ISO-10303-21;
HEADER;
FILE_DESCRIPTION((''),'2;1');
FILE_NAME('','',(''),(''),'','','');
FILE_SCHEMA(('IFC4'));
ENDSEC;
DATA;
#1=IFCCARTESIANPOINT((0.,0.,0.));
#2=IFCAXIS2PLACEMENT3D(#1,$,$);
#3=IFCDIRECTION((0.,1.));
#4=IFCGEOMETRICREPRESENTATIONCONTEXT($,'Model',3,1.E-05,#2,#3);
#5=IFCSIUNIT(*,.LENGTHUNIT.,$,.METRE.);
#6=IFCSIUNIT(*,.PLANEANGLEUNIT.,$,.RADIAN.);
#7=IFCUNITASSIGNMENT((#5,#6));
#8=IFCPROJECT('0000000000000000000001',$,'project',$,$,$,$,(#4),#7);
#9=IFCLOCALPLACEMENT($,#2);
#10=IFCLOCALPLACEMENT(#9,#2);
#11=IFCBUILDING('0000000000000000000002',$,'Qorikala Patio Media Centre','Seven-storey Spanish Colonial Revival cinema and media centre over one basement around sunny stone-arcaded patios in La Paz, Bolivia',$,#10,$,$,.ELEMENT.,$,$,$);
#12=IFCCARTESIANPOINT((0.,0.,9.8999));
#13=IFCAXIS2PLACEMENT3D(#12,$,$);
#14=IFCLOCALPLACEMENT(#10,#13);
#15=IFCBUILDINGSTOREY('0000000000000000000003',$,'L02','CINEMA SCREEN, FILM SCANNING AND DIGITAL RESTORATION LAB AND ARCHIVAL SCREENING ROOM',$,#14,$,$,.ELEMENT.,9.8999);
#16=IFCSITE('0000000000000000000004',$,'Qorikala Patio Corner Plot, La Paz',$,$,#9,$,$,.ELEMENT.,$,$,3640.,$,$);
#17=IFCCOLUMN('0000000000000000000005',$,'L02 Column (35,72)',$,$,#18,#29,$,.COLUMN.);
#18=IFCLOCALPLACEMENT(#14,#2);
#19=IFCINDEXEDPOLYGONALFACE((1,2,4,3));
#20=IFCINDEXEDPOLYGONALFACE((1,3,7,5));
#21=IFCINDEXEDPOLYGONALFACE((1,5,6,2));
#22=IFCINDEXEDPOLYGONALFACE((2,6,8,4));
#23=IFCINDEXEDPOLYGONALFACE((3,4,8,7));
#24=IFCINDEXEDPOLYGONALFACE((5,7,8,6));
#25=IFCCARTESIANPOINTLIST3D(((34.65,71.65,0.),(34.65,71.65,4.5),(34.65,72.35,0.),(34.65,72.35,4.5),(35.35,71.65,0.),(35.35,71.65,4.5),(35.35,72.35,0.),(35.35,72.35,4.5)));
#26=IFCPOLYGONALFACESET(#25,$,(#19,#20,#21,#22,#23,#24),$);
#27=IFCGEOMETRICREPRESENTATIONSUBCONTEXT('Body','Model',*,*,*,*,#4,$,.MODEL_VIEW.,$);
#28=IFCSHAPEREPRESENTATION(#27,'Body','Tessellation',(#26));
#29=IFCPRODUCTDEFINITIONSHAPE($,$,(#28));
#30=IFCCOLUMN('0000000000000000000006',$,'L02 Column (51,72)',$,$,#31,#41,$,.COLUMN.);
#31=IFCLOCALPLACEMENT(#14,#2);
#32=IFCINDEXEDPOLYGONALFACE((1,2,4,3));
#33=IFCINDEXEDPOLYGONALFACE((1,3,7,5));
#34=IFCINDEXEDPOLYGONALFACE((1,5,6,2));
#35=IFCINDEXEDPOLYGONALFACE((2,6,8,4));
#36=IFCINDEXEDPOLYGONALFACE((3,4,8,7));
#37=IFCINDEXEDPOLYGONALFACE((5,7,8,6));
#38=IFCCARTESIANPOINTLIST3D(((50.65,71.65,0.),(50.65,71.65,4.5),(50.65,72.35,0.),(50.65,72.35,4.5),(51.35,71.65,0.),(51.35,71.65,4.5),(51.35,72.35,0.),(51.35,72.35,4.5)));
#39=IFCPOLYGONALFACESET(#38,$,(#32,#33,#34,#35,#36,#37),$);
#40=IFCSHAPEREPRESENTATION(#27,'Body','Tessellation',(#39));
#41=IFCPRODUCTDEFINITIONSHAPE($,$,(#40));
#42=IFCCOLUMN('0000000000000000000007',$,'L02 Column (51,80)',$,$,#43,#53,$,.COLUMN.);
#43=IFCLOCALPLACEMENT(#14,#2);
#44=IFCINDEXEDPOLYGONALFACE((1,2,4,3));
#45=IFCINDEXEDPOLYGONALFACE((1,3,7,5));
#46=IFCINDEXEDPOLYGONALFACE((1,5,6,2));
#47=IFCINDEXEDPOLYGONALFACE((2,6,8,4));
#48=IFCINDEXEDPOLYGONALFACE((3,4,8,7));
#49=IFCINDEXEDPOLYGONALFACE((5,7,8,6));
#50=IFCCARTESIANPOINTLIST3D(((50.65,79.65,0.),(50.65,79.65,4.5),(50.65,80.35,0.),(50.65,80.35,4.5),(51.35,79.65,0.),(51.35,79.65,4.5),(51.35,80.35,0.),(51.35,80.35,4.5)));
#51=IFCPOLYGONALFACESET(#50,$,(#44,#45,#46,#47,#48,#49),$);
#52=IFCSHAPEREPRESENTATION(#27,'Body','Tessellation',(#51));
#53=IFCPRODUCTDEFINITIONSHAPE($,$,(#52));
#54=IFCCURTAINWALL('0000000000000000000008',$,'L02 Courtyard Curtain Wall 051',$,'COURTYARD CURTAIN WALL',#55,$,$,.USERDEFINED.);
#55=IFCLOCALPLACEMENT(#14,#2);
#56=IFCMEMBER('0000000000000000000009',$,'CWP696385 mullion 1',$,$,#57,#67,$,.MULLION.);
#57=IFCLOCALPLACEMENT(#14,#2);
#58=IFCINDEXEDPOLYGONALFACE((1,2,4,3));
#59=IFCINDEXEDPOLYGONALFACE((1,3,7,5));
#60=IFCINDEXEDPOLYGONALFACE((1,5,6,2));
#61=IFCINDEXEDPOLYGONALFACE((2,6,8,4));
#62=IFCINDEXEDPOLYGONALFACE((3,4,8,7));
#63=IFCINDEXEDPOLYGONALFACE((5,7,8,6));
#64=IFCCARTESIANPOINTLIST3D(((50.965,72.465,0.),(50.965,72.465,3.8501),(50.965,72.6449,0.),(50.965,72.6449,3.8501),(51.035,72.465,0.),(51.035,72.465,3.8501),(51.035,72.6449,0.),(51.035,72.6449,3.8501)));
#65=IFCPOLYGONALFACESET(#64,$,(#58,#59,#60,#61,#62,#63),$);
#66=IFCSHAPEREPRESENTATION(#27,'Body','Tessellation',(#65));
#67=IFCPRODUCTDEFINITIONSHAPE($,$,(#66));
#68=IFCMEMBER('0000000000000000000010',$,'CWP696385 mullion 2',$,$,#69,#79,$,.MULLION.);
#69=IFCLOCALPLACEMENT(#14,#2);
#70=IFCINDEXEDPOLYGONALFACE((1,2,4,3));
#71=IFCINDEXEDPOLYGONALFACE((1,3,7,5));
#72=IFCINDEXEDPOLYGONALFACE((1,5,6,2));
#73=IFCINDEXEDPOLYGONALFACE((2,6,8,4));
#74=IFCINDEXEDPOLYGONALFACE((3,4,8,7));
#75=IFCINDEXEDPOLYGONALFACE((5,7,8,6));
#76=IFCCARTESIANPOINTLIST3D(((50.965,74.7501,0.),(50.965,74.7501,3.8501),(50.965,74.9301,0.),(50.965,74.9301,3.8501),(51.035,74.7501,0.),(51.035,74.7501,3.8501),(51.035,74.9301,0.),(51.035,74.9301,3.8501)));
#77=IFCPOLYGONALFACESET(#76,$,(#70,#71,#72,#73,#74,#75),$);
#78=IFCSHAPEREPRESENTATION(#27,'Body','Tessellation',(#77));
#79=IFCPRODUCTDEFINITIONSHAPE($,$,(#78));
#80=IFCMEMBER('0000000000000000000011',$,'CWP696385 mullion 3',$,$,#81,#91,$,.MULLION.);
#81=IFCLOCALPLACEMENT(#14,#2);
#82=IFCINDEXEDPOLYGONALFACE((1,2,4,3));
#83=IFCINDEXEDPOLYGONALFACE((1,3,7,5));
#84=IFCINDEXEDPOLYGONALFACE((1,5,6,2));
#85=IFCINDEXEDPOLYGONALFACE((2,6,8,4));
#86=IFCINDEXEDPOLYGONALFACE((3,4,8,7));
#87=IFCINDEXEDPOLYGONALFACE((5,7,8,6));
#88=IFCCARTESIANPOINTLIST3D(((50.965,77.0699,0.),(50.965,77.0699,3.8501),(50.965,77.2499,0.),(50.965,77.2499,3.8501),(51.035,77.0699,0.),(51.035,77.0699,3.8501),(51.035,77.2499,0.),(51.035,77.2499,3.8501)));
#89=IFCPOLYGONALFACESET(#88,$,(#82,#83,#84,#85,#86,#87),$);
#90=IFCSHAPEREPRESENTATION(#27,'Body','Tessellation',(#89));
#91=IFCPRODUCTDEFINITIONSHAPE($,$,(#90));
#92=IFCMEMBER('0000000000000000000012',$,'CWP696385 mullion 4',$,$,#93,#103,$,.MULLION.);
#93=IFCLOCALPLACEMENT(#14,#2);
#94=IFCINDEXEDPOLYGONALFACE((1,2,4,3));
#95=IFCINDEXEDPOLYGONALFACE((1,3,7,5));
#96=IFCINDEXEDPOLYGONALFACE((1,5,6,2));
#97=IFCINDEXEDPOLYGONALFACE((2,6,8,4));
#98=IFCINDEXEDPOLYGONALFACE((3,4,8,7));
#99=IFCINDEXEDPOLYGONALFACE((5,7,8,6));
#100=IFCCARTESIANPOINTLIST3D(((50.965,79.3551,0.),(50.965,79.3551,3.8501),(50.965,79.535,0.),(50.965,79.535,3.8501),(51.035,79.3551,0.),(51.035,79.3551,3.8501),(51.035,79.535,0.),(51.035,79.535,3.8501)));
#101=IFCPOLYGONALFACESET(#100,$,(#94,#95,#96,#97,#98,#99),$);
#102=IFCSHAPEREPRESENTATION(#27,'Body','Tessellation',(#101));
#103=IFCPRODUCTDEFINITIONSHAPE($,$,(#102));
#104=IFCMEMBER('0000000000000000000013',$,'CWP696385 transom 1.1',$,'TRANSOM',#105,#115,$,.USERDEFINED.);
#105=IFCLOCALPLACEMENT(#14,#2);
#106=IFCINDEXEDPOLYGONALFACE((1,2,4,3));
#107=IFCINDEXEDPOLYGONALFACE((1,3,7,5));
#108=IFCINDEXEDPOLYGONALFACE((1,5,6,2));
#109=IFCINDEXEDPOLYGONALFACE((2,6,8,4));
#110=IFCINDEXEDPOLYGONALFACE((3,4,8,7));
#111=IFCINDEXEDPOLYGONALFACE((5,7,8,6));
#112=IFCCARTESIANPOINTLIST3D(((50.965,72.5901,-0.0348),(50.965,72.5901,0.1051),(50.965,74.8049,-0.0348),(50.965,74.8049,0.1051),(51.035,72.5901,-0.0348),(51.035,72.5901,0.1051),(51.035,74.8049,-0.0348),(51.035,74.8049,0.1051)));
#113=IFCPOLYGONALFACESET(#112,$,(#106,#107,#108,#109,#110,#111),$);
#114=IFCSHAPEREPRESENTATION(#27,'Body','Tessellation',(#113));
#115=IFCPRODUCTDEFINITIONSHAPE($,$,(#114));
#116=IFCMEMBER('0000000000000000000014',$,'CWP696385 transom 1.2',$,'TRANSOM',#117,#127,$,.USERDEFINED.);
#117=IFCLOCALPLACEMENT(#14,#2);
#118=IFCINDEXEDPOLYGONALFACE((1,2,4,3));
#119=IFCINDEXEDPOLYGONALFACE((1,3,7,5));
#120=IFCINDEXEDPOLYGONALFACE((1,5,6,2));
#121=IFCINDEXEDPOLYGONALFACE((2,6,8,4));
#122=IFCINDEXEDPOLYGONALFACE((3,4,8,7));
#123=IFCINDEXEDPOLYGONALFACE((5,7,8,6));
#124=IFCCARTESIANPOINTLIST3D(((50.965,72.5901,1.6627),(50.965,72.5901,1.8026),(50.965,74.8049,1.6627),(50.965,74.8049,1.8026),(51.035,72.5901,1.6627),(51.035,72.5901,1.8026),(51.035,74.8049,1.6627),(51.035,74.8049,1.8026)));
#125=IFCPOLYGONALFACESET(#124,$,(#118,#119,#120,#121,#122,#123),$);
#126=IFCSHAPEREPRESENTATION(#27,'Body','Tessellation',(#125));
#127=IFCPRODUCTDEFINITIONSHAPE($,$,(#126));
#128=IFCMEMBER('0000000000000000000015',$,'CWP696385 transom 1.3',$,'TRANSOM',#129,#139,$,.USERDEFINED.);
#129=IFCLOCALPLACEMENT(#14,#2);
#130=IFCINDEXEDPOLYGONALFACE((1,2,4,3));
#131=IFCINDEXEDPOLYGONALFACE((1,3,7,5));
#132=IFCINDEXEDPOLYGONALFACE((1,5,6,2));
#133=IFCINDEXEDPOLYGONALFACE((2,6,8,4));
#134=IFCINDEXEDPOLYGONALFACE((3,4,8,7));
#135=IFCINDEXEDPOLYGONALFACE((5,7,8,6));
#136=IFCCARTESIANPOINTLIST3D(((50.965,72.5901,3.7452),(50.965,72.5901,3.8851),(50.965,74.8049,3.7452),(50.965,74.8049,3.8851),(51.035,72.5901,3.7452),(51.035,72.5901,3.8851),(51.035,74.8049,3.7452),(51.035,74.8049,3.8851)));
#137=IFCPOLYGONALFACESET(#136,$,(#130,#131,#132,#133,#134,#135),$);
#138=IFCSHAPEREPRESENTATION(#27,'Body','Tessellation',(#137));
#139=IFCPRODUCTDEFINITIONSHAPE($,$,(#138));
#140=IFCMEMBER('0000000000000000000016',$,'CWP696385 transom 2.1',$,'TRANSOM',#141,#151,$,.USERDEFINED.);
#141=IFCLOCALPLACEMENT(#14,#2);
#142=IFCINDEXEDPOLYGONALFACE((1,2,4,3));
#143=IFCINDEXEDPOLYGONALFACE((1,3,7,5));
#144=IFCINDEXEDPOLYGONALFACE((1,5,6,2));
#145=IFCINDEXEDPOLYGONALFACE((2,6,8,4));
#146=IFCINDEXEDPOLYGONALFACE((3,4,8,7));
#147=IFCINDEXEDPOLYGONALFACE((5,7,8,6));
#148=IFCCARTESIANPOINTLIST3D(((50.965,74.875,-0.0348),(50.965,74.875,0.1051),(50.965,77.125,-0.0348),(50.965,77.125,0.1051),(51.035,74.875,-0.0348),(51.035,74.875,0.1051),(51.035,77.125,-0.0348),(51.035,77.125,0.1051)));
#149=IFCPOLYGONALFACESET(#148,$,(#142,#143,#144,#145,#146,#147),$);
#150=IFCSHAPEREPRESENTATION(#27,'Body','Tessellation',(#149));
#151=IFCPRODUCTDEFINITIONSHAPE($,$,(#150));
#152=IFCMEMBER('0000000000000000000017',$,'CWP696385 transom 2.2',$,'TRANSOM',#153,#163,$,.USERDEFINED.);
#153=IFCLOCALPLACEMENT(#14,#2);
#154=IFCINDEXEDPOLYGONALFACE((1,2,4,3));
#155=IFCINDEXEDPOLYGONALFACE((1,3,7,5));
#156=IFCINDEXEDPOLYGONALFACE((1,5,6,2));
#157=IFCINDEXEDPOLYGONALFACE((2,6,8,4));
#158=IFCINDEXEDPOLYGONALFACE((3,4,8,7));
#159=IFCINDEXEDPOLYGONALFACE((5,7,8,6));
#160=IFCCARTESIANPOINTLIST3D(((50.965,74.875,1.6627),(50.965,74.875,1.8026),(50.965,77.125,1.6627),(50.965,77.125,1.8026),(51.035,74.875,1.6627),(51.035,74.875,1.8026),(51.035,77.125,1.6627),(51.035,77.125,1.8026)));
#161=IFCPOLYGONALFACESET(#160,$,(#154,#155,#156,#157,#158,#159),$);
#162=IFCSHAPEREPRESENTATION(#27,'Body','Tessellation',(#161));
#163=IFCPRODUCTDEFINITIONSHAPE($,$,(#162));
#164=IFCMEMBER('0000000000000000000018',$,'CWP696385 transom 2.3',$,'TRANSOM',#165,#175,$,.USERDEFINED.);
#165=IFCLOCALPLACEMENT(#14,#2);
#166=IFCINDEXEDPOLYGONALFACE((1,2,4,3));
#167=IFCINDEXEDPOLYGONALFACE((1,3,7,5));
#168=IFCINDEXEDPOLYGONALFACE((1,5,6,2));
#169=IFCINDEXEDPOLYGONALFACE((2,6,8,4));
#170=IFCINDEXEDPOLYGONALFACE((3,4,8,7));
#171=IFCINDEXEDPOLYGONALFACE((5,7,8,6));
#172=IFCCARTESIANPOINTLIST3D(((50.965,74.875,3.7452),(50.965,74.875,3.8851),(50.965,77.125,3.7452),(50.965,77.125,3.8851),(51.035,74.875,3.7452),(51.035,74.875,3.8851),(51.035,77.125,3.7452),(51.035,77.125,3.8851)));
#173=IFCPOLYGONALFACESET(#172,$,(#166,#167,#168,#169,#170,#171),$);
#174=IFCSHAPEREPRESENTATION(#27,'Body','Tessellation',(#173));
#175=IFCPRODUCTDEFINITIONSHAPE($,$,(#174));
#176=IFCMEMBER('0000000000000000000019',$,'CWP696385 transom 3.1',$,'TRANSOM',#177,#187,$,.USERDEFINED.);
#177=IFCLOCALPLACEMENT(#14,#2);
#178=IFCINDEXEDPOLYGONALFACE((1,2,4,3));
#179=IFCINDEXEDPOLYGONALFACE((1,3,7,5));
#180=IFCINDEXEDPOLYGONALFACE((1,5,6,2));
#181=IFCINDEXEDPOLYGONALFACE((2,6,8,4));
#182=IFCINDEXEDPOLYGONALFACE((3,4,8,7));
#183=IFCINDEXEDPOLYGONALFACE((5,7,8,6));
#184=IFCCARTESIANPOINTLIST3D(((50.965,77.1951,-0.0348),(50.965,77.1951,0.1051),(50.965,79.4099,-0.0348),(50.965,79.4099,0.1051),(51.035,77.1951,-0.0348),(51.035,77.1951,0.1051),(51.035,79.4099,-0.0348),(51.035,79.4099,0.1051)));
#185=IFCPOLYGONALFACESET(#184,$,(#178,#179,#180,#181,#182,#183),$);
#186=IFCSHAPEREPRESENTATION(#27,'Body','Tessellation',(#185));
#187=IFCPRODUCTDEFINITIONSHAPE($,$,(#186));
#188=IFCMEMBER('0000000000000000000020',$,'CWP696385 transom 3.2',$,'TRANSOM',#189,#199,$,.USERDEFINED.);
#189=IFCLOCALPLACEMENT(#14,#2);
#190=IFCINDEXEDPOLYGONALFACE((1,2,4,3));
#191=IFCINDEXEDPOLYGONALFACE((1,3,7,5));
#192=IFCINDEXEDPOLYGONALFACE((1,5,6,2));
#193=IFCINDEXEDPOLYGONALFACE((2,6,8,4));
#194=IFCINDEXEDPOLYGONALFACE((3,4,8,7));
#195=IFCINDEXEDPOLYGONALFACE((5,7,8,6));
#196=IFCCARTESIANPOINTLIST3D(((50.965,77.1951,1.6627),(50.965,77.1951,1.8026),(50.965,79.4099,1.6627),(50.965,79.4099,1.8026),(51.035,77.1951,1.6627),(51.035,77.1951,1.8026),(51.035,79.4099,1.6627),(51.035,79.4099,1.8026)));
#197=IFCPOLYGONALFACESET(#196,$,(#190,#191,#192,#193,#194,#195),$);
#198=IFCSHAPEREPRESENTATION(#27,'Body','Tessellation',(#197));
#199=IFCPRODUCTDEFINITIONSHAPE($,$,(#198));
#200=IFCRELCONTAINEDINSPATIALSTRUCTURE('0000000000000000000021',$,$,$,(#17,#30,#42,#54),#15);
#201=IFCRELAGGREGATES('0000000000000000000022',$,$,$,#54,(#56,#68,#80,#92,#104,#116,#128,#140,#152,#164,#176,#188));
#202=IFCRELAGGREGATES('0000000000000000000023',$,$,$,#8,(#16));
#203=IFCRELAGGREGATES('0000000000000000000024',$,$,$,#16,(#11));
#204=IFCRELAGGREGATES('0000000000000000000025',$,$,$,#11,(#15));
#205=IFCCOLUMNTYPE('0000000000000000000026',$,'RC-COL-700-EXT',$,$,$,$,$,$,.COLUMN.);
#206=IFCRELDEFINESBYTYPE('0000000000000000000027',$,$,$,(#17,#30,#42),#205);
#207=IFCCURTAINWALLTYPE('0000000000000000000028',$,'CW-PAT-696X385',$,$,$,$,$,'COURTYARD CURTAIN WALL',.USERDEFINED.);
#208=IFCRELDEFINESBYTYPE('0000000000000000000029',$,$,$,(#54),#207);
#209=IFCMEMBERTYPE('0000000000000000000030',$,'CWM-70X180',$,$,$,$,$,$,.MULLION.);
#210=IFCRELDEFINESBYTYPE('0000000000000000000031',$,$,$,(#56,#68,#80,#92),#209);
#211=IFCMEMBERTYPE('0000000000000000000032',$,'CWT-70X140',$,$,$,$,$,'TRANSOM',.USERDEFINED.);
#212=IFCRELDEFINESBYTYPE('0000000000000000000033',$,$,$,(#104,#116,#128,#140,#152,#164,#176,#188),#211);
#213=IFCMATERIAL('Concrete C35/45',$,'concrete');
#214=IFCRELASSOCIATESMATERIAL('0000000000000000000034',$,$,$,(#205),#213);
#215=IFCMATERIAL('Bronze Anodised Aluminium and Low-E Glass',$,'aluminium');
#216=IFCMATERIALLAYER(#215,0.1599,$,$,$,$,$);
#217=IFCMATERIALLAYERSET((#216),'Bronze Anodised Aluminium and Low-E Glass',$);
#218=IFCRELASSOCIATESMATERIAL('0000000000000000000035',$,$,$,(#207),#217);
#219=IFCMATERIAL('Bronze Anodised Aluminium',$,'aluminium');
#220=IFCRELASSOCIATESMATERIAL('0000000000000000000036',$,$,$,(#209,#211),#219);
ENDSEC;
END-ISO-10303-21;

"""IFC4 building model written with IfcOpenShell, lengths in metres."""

from ifc_helpers import new_model, si_unit, direction, frame, origin, origin_2d, place, context, subcontext, project, spatial, rectangle, extrude, material, layer, layer_set, material_profile, profile_set, type_object, element, aggregate, save


model = new_model("IFC4")

# Units and contexts
model_context = context("Model", 3, precision=1e-05, world=origin(), true_north=direction((0.0, 1.0)))
body_context = subcontext(model_context, "Body", "Model", "MODEL_VIEW")
ifc_project = project(units=[si_unit("LENGTHUNIT", "METRE"), si_unit("PLANEANGLEUNIT", "RADIAN")], contexts=[model_context])

# Site, building, storey
site_placement = place(None, origin())
site = spatial("IfcSite", under=ifc_project, at=site_placement, Name="Qorikala Patio Corner Plot, La Paz", CompositionType="ELEMENT", RefElevation=3640.0)
building_placement = place(site_placement, origin())
building = spatial("IfcBuilding", under=site, at=building_placement, Name="Qorikala Patio Media Centre", Description="Seven-storey Spanish Colonial Revival cinema and media centre over one basement around sunny stone-arcaded patios in La Paz, Bolivia", CompositionType="ELEMENT")
storey_placement = place(building_placement, frame((0.0, 0.0, 9.8999)))
storey = spatial("IfcBuildingStorey", under=building, at=storey_placement, Name="L02", Description="CINEMA SCREEN, FILM SCANNING AND DIGITAL RESTORATION LAB AND ARCHIVAL SCREENING ROOM", CompositionType="ELEMENT", Elevation=9.8999)

# Columns
ifc_material_1 = material(Name="Concrete C35/45", Category="concrete")
ifc_material_profile_1 = material_profile(ifc_material_1, rectangle(XDim=0.7, YDim=0.7, at=origin_2d()), Name="RC 700x700")
ifc_profile_set_1 = profile_set([ifc_material_profile_1], Name="Concrete C35/45")
column_type = type_object("IfcColumnType", Name="RC-COL-700-EXT", PredefinedType="COLUMN", material=ifc_profile_set_1)
for number, where, z_axis, x_axis, name in (
    (1, (35.0, 72.0, 0.0), (0.0, 0.0, 1.0), (1.0, 0.0, 0.0), "L02 Column (35,72)"),
    (2, (51.0, 72.0, 0.0), (0.0, 0.0, 1.0), (1.0, 0.0, 0.0), "L02 Column (51,72)"),
    (3, (51.0, 80.0, 0.0), (0.0, 0.0, 1.0), (1.0, 0.0, 0.0), "L02 Column (51,80)"),
):
    element("IfcColumn", number, at=place(storey_placement, frame(where, z_axis=z_axis, x_axis=x_axis)), inside=storey, type_object=column_type, Name=name, PredefinedType="COLUMN", context=body_context, shape_type="SweptSolid", body=[
        extrude(rectangle(XDim=0.7, YDim=0.7, at=origin_2d()), origin(), (0.0, 0.0, 1.0), 4.5),
    ])

# Curtain wall, members
ifc_material_2 = material(Name="Bronze Anodised Aluminium and Low-E Glass", Category="aluminium")
ifc_layer_1 = layer(ifc_material_2, 0.1599)
ifc_layer_set_1 = layer_set([ifc_layer_1], Name="Bronze Anodised Aluminium and Low-E Glass")
curtain_wall_type = type_object("IfcCurtainWallType", Name="CW-PAT-696X385", ElementType="COURTYARD CURTAIN WALL", PredefinedType="USERDEFINED", material=ifc_layer_set_1)
curtain_wall_placement = place(storey_placement, origin())
curtain_wall = element("IfcCurtainWall", 4, at=curtain_wall_placement, inside=storey, type_object=curtain_wall_type, Name="L02 Courtyard Curtain Wall 051", ObjectType="COURTYARD CURTAIN WALL", PredefinedType="USERDEFINED")
ifc_material_3 = material(Name="Bronze Anodised Aluminium", Category="aluminium")
ifc_material_profile_2 = material_profile(ifc_material_3, rectangle(XDim=0.0701, YDim=0.1799, at=origin_2d()), Name="ALU MULLION 70x180")
ifc_profile_set_2 = profile_set([ifc_material_profile_2], Name="Bronze Anodised Aluminium")
member_type_1 = type_object("IfcMemberType", Name="CWM-70X180", PredefinedType="MULLION", material=ifc_profile_set_2)
member_1_placement = place(storey_placement, frame((51.0, 72.5549, 0.0), z_axis=(0.0, 0.0, 1.0), x_axis=(-1.0, 0.0, 0.0)))
member_1 = element("IfcMember", 5, at=member_1_placement, type_object=member_type_1, Name="CWP696385 mullion 1", PredefinedType="MULLION", context=body_context, shape_type="SweptSolid", body=[
    extrude(rectangle(XDim=0.0701, YDim=0.1799, at=origin_2d()), origin(), (0.0, 0.0, 1.0), 3.8501),
])
member_2_placement = place(storey_placement, frame((51.0, 74.8401, 0.0), z_axis=(0.0, 0.0, 1.0), x_axis=(-1.0, 0.0, 0.0)))
member_2 = element("IfcMember", 6, at=member_2_placement, type_object=member_type_1, Name="CWP696385 mullion 2", PredefinedType="MULLION", context=body_context, shape_type="SweptSolid", body=[
    extrude(rectangle(XDim=0.0701, YDim=0.1799, at=origin_2d()), origin(), (0.0, 0.0, 1.0), 3.8501),
])
member_3_placement = place(storey_placement, frame((51.0, 77.1599, 0.0), z_axis=(0.0, 0.0, 1.0), x_axis=(-1.0, 0.0, 0.0)))
member_3 = element("IfcMember", 7, at=member_3_placement, type_object=member_type_1, Name="CWP696385 mullion 3", PredefinedType="MULLION", context=body_context, shape_type="SweptSolid", body=[
    extrude(rectangle(XDim=0.0701, YDim=0.1799, at=origin_2d()), origin(), (0.0, 0.0, 1.0), 3.8501),
])
member_4_placement = place(storey_placement, frame((51.0, 79.4451, 0.0), z_axis=(0.0, 0.0, 1.0), x_axis=(-1.0, 0.0, 0.0)))
member_4 = element("IfcMember", 8, at=member_4_placement, type_object=member_type_1, Name="CWP696385 mullion 4", PredefinedType="MULLION", context=body_context, shape_type="SweptSolid", body=[
    extrude(rectangle(XDim=0.0701, YDim=0.1799, at=origin_2d()), origin(), (0.0, 0.0, 1.0), 3.8501),
])
ifc_material_profile_3 = material_profile(ifc_material_3, rectangle(XDim=0.0701, YDim=0.1399, at=origin_2d()), Name="ALU TRANSOM 70x140")
ifc_profile_set_3 = profile_set([ifc_material_profile_3], Name="Bronze Anodised Aluminium")
member_type_2 = type_object("IfcMemberType", Name="CWT-70X140", ElementType="TRANSOM", PredefinedType="USERDEFINED", material=ifc_profile_set_3)
member_5_placement = place(storey_placement, frame((51.0, 72.5901, 0.0352), z_axis=(0.0, 1.0, 0.0), x_axis=(-1.0, 0.0, 0.0)))
member_5 = element("IfcMember", 9, at=member_5_placement, type_object=member_type_2, Name="CWP696385 transom 1.1", ObjectType="TRANSOM", PredefinedType="USERDEFINED", context=body_context, shape_type="SweptSolid", body=[
    extrude(rectangle(XDim=0.0701, YDim=0.1399, at=origin_2d()), origin(), (0.0, 0.0, 1.0), 2.2148),
])
member_6_placement = place(storey_placement, frame((51.0, 72.5901, 1.7327), z_axis=(0.0, 1.0, 0.0), x_axis=(-1.0, 0.0, 0.0)))
member_6 = element("IfcMember", 10, at=member_6_placement, type_object=member_type_2, Name="CWP696385 transom 1.2", ObjectType="TRANSOM", PredefinedType="USERDEFINED", context=body_context, shape_type="SweptSolid", body=[
    extrude(rectangle(XDim=0.0701, YDim=0.1399, at=origin_2d()), origin(), (0.0, 0.0, 1.0), 2.2148),
])
member_7_placement = place(storey_placement, frame((51.0, 72.5901, 3.8152), z_axis=(0.0, 1.0, 0.0), x_axis=(-1.0, 0.0, 0.0)))
member_7 = element("IfcMember", 11, at=member_7_placement, type_object=member_type_2, Name="CWP696385 transom 1.3", ObjectType="TRANSOM", PredefinedType="USERDEFINED", context=body_context, shape_type="SweptSolid", body=[
    extrude(rectangle(XDim=0.0701, YDim=0.1399, at=origin_2d()), origin(), (0.0, 0.0, 1.0), 2.2148),
])
member_8_placement = place(storey_placement, frame((51.0, 74.875, 0.0352), z_axis=(0.0, 1.0, 0.0), x_axis=(-1.0, 0.0, 0.0)))
member_8 = element("IfcMember", 12, at=member_8_placement, type_object=member_type_2, Name="CWP696385 transom 2.1", ObjectType="TRANSOM", PredefinedType="USERDEFINED", context=body_context, shape_type="SweptSolid", body=[
    extrude(rectangle(XDim=0.0701, YDim=0.1399, at=origin_2d()), origin(), (0.0, 0.0, 1.0), 2.25),
])
member_9_placement = place(storey_placement, frame((51.0, 74.875, 1.7327), z_axis=(0.0, 1.0, 0.0), x_axis=(-1.0, 0.0, 0.0)))
member_9 = element("IfcMember", 13, at=member_9_placement, type_object=member_type_2, Name="CWP696385 transom 2.2", ObjectType="TRANSOM", PredefinedType="USERDEFINED", context=body_context, shape_type="SweptSolid", body=[
    extrude(rectangle(XDim=0.0701, YDim=0.1399, at=origin_2d()), origin(), (0.0, 0.0, 1.0), 2.25),
])
member_10_placement = place(storey_placement, frame((51.0, 74.875, 3.8152), z_axis=(0.0, 1.0, 0.0), x_axis=(-1.0, 0.0, 0.0)))
member_10 = element("IfcMember", 14, at=member_10_placement, type_object=member_type_2, Name="CWP696385 transom 2.3", ObjectType="TRANSOM", PredefinedType="USERDEFINED", context=body_context, shape_type="SweptSolid", body=[
    extrude(rectangle(XDim=0.0701, YDim=0.1399, at=origin_2d()), origin(), (0.0, 0.0, 1.0), 2.25),
])
member_11_placement = place(storey_placement, frame((51.0, 77.1951, 0.0352), z_axis=(0.0, 1.0, 0.0), x_axis=(-1.0, 0.0, 0.0)))
member_11 = element("IfcMember", 15, at=member_11_placement, type_object=member_type_2, Name="CWP696385 transom 3.1", ObjectType="TRANSOM", PredefinedType="USERDEFINED", context=body_context, shape_type="SweptSolid", body=[
    extrude(rectangle(XDim=0.0701, YDim=0.1399, at=origin_2d()), origin(), (0.0, 0.0, 1.0), 2.2148),
])
member_12_placement = place(storey_placement, frame((51.0, 77.1951, 1.7327), z_axis=(0.0, 1.0, 0.0), x_axis=(-1.0, 0.0, 0.0)))
member_12 = element("IfcMember", 16, at=member_12_placement, type_object=member_type_2, Name="CWP696385 transom 3.2", ObjectType="TRANSOM", PredefinedType="USERDEFINED", context=body_context, shape_type="SweptSolid", body=[
    extrude(rectangle(XDim=0.0701, YDim=0.1399, at=origin_2d()), origin(), (0.0, 0.0, 1.0), 2.2148),
])

aggregate(curtain_wall, [member_1, member_2, member_3, member_4, member_5, member_6, member_7, member_8, member_9, member_10, member_11, member_12])

save(model, "model.ifc")
